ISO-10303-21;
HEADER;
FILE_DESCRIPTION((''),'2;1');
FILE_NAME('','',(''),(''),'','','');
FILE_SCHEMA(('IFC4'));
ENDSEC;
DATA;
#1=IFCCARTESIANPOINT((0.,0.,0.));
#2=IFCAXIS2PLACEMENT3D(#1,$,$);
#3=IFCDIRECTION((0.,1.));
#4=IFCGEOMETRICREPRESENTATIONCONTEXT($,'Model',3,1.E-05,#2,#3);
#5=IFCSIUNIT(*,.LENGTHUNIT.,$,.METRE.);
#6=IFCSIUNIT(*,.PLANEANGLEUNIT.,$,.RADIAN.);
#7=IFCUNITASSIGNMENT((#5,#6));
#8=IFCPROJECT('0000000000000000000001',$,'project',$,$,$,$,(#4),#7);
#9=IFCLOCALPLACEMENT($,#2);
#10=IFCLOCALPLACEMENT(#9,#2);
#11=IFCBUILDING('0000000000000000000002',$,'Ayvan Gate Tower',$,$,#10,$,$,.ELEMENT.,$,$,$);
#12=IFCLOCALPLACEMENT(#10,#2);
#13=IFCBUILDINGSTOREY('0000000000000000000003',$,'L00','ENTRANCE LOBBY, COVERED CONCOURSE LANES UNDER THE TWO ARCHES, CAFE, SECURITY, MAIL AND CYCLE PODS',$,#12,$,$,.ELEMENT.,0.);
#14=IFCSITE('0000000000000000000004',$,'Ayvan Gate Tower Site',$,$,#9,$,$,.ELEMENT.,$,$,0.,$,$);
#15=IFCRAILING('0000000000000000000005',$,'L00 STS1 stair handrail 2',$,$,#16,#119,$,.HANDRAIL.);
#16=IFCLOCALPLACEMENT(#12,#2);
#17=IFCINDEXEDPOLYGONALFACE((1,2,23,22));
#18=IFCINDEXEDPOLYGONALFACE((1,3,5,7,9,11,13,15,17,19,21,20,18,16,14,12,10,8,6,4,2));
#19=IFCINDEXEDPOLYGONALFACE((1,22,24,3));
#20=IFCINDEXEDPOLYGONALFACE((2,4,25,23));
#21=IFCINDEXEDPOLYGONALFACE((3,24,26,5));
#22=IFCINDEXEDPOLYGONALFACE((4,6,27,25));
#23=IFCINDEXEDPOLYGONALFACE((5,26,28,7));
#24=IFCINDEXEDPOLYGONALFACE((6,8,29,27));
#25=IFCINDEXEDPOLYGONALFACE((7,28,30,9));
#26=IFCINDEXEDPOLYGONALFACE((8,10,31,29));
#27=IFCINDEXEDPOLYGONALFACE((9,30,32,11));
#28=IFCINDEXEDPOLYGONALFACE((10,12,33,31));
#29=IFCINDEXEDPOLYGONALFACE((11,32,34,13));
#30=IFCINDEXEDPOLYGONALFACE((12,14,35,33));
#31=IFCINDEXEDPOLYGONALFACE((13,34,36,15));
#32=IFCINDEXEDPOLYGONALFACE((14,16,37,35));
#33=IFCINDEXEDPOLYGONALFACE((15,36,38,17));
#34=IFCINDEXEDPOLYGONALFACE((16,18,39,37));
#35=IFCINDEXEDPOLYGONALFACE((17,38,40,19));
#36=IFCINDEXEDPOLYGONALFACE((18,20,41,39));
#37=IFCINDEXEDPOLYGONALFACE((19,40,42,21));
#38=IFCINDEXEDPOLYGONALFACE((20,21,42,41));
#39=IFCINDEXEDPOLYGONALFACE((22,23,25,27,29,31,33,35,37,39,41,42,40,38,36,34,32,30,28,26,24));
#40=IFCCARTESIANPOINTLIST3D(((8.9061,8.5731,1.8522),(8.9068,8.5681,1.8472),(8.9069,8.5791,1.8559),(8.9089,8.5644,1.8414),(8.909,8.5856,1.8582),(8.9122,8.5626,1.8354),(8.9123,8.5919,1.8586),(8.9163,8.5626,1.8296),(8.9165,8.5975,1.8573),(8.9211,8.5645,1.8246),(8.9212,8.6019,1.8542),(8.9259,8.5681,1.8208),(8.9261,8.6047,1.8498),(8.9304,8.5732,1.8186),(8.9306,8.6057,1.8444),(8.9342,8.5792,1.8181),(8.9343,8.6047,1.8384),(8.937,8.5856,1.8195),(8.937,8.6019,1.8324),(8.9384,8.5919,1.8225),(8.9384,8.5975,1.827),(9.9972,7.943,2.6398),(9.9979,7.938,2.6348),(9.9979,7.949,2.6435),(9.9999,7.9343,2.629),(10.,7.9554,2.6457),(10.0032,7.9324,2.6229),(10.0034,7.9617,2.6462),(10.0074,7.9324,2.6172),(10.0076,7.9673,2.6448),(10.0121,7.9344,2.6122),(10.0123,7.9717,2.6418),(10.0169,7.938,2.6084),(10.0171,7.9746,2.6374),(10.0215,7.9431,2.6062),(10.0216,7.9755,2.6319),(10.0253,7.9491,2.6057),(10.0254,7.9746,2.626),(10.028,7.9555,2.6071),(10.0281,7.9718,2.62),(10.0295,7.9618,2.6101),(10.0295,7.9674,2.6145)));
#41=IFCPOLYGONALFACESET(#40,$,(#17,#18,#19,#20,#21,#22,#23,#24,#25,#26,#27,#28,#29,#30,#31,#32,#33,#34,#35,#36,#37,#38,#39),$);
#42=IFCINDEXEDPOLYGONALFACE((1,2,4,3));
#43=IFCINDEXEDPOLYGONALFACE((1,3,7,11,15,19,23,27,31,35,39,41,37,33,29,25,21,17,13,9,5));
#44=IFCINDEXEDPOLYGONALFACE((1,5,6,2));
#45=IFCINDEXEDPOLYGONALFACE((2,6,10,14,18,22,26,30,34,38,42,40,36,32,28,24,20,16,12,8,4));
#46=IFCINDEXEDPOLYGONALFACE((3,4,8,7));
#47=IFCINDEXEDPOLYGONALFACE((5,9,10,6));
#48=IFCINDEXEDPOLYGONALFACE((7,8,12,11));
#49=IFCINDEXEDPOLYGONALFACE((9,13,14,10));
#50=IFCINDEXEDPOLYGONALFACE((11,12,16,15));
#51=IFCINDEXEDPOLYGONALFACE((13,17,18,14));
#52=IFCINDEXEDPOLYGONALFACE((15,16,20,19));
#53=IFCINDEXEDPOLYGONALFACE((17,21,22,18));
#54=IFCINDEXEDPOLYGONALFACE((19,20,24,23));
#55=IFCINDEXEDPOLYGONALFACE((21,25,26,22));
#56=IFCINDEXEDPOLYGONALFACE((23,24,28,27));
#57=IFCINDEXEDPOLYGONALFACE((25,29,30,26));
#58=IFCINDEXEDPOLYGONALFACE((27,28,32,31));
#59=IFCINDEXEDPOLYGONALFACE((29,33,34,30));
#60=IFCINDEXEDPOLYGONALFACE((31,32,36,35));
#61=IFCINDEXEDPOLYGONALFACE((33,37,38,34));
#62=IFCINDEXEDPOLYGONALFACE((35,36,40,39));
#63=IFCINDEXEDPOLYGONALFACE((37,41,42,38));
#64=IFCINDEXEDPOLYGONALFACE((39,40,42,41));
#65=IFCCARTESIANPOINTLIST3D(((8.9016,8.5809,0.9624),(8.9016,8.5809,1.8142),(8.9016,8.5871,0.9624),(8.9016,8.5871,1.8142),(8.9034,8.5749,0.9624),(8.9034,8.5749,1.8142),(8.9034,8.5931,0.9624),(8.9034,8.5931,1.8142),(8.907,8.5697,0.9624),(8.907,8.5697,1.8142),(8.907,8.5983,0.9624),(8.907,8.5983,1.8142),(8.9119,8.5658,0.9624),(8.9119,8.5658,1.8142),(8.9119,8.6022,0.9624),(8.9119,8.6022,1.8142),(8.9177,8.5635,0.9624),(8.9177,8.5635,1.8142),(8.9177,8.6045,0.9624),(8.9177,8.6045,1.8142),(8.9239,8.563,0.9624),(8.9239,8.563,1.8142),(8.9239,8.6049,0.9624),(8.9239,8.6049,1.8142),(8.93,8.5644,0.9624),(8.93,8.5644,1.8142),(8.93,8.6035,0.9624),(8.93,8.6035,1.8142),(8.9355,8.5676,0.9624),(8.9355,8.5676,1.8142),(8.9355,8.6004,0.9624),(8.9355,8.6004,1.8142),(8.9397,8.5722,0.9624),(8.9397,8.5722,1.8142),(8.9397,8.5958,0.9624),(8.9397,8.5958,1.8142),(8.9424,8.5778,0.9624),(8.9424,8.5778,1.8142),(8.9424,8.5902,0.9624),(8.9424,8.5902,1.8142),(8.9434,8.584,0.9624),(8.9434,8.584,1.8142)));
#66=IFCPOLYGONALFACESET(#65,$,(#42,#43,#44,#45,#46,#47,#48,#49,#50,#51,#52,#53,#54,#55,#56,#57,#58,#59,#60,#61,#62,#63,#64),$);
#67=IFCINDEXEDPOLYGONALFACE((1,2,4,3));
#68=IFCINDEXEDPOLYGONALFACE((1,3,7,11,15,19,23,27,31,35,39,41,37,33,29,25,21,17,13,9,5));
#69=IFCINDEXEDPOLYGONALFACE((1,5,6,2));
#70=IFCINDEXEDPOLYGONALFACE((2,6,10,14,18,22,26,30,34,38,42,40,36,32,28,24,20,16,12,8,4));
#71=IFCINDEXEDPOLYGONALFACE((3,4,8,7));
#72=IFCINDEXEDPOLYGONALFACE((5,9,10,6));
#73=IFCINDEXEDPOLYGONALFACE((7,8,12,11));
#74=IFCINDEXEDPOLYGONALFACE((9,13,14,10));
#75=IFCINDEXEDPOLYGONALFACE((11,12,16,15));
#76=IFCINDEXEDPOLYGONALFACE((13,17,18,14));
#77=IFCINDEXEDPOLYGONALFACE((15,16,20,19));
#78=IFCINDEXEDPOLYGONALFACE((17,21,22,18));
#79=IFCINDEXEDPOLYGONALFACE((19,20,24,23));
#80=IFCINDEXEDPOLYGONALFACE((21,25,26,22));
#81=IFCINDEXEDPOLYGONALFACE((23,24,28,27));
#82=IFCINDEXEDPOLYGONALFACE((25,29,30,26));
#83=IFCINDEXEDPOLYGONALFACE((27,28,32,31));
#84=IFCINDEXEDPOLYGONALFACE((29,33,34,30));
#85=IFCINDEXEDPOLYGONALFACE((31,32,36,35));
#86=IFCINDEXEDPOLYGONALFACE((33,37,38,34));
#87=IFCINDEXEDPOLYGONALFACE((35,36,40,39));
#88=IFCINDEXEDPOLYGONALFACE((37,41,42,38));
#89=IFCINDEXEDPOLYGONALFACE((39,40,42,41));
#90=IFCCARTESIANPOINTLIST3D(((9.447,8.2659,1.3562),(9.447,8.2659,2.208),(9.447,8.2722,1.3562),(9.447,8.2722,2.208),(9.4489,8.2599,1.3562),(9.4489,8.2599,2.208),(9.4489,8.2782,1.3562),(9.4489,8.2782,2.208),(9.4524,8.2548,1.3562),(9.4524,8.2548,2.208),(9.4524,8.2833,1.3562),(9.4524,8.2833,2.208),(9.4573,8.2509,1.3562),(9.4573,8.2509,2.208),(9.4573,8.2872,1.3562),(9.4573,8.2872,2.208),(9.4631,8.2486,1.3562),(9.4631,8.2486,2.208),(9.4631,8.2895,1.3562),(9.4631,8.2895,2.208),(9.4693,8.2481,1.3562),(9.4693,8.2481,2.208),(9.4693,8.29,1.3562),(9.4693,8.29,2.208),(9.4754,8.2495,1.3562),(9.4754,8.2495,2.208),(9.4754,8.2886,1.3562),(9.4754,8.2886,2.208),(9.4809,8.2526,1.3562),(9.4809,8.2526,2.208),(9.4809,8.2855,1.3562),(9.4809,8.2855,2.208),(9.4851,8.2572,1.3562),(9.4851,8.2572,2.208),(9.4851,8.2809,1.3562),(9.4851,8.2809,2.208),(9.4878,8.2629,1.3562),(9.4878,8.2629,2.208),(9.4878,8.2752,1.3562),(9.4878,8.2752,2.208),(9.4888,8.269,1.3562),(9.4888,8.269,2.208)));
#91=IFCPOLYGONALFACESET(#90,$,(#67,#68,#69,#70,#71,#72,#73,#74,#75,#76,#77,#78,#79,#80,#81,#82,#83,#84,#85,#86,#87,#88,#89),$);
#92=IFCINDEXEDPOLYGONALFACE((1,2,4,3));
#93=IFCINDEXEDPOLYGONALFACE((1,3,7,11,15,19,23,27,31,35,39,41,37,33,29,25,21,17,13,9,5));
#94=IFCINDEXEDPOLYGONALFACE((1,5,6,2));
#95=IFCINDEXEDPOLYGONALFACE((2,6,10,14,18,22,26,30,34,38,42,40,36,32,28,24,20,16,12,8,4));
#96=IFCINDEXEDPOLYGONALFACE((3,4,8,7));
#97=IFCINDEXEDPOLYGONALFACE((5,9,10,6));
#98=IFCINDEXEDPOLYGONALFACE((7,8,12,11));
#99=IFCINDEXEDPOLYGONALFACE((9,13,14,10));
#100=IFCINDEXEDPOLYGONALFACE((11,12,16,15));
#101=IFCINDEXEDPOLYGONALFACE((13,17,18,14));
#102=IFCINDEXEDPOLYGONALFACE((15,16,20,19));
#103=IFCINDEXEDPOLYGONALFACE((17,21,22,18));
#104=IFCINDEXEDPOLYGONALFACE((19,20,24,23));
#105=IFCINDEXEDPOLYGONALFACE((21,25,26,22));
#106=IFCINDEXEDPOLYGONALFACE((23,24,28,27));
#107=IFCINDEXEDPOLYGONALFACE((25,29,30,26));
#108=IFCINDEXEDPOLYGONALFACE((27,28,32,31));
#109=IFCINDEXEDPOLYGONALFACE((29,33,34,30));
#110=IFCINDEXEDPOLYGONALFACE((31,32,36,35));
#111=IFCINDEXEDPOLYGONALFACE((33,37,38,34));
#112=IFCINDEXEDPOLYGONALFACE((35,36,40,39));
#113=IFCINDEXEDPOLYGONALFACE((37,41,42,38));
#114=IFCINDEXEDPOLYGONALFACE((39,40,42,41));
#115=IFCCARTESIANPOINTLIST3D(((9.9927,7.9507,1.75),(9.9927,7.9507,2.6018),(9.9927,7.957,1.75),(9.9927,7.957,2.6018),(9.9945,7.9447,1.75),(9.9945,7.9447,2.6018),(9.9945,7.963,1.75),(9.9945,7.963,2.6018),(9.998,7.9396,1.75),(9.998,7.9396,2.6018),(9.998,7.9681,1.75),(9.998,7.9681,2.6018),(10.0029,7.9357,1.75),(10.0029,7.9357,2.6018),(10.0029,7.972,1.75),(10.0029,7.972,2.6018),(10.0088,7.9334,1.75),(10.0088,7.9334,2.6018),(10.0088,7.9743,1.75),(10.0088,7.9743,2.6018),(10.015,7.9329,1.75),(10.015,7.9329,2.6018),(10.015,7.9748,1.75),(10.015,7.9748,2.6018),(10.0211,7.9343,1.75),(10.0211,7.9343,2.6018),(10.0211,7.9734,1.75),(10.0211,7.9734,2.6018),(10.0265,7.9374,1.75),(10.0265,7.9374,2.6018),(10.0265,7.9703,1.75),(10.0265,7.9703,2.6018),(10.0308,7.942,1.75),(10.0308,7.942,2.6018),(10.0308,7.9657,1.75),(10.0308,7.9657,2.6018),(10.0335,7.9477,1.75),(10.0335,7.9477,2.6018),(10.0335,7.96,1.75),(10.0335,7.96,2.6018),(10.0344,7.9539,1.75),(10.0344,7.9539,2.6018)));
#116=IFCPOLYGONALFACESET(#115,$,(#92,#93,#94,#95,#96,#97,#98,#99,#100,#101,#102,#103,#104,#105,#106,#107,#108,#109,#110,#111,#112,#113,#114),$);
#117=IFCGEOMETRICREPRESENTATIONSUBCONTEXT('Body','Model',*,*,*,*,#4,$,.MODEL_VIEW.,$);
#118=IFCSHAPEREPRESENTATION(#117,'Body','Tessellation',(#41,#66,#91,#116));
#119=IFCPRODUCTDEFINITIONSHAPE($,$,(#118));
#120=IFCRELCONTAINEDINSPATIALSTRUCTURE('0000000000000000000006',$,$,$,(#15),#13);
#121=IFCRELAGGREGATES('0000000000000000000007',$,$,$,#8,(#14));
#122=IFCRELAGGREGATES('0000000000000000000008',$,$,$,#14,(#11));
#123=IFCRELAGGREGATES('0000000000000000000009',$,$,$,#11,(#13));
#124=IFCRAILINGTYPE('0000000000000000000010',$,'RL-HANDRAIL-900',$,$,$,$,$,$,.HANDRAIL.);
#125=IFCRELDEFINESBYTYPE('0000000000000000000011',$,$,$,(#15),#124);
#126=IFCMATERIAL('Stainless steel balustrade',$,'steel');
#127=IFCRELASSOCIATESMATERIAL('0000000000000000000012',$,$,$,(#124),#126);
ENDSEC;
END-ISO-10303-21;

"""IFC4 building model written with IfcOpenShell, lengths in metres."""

from ifc_helpers import new_model, si_unit, direction, frame, origin, origin_2d, place, context, subcontext, project, spatial, circle, extrude, material, type_object, element, save


model = new_model("IFC4")

# Units and contexts
model_context = context("Model", 3, precision=1e-05, world=origin(), true_north=direction((0.0, 1.0)))
body_context = subcontext(model_context, "Body", "Model", "MODEL_VIEW")
ifc_project = project(units=[si_unit("LENGTHUNIT", "METRE"), si_unit("PLANEANGLEUNIT", "RADIAN")], contexts=[model_context])

# Site, building, storey
site_placement = place(None, origin())
site = spatial("IfcSite", under=ifc_project, at=site_placement, Name="Ayvan Gate Tower Site", CompositionType="ELEMENT", RefElevation=0.0)
building_placement = place(site_placement, origin())
building = spatial("IfcBuilding", under=site, at=building_placement, Name="Ayvan Gate Tower", CompositionType="ELEMENT")
storey_placement = place(building_placement, origin())
storey = spatial("IfcBuildingStorey", under=building, at=storey_placement, Name="L00", Description="ENTRANCE LOBBY, COVERED CONCOURSE LANES UNDER THE TWO ARCHES, CAFE, SECURITY, MAIL AND CYCLE PODS", CompositionType="ELEMENT", Elevation=0.0)

# Railing
ifc_material_1 = material(Name="Stainless steel balustrade", Category="steel")
railing_type_1 = type_object("IfcRailingType", Name="RL-HANDRAIL-900", PredefinedType="HANDRAIL", material=ifc_material_1)
railing_1_placement = place(storey_placement, frame((8.9224, 8.584, 0.9624)))
element("IfcRailing", 1, at=railing_1_placement, inside=storey, type_object=railing_type_1, Name="L00 STS1 stair handrail 2", PredefinedType="HANDRAIL", context=body_context, shape_type="SweptSolid", body=[
    extrude(circle(Radius=0.0239, at=origin_2d()), frame((0.0, 0.0, 0.876), z_axis=(0.734296, -0.424081, 0.53006), x_axis=(0.500119, 0.865956, 0.0)), (0.0, 0.0, 1.0), 1.4858),
    extrude(circle(Radius=0.021, at=origin_2d()), origin(), (0.0, 0.0, 1.0), 0.8518),
    extrude(circle(Radius=0.021, at=origin_2d()), frame((0.5454, -0.3149, 0.3938)), (0.0, 0.0, 1.0), 0.8518),
    extrude(circle(Radius=0.021, at=origin_2d()), frame((1.0911, -0.6301, 0.7876)), (0.0, 0.0, 1.0), 0.8518),
])

save(model, "model.ifc")
